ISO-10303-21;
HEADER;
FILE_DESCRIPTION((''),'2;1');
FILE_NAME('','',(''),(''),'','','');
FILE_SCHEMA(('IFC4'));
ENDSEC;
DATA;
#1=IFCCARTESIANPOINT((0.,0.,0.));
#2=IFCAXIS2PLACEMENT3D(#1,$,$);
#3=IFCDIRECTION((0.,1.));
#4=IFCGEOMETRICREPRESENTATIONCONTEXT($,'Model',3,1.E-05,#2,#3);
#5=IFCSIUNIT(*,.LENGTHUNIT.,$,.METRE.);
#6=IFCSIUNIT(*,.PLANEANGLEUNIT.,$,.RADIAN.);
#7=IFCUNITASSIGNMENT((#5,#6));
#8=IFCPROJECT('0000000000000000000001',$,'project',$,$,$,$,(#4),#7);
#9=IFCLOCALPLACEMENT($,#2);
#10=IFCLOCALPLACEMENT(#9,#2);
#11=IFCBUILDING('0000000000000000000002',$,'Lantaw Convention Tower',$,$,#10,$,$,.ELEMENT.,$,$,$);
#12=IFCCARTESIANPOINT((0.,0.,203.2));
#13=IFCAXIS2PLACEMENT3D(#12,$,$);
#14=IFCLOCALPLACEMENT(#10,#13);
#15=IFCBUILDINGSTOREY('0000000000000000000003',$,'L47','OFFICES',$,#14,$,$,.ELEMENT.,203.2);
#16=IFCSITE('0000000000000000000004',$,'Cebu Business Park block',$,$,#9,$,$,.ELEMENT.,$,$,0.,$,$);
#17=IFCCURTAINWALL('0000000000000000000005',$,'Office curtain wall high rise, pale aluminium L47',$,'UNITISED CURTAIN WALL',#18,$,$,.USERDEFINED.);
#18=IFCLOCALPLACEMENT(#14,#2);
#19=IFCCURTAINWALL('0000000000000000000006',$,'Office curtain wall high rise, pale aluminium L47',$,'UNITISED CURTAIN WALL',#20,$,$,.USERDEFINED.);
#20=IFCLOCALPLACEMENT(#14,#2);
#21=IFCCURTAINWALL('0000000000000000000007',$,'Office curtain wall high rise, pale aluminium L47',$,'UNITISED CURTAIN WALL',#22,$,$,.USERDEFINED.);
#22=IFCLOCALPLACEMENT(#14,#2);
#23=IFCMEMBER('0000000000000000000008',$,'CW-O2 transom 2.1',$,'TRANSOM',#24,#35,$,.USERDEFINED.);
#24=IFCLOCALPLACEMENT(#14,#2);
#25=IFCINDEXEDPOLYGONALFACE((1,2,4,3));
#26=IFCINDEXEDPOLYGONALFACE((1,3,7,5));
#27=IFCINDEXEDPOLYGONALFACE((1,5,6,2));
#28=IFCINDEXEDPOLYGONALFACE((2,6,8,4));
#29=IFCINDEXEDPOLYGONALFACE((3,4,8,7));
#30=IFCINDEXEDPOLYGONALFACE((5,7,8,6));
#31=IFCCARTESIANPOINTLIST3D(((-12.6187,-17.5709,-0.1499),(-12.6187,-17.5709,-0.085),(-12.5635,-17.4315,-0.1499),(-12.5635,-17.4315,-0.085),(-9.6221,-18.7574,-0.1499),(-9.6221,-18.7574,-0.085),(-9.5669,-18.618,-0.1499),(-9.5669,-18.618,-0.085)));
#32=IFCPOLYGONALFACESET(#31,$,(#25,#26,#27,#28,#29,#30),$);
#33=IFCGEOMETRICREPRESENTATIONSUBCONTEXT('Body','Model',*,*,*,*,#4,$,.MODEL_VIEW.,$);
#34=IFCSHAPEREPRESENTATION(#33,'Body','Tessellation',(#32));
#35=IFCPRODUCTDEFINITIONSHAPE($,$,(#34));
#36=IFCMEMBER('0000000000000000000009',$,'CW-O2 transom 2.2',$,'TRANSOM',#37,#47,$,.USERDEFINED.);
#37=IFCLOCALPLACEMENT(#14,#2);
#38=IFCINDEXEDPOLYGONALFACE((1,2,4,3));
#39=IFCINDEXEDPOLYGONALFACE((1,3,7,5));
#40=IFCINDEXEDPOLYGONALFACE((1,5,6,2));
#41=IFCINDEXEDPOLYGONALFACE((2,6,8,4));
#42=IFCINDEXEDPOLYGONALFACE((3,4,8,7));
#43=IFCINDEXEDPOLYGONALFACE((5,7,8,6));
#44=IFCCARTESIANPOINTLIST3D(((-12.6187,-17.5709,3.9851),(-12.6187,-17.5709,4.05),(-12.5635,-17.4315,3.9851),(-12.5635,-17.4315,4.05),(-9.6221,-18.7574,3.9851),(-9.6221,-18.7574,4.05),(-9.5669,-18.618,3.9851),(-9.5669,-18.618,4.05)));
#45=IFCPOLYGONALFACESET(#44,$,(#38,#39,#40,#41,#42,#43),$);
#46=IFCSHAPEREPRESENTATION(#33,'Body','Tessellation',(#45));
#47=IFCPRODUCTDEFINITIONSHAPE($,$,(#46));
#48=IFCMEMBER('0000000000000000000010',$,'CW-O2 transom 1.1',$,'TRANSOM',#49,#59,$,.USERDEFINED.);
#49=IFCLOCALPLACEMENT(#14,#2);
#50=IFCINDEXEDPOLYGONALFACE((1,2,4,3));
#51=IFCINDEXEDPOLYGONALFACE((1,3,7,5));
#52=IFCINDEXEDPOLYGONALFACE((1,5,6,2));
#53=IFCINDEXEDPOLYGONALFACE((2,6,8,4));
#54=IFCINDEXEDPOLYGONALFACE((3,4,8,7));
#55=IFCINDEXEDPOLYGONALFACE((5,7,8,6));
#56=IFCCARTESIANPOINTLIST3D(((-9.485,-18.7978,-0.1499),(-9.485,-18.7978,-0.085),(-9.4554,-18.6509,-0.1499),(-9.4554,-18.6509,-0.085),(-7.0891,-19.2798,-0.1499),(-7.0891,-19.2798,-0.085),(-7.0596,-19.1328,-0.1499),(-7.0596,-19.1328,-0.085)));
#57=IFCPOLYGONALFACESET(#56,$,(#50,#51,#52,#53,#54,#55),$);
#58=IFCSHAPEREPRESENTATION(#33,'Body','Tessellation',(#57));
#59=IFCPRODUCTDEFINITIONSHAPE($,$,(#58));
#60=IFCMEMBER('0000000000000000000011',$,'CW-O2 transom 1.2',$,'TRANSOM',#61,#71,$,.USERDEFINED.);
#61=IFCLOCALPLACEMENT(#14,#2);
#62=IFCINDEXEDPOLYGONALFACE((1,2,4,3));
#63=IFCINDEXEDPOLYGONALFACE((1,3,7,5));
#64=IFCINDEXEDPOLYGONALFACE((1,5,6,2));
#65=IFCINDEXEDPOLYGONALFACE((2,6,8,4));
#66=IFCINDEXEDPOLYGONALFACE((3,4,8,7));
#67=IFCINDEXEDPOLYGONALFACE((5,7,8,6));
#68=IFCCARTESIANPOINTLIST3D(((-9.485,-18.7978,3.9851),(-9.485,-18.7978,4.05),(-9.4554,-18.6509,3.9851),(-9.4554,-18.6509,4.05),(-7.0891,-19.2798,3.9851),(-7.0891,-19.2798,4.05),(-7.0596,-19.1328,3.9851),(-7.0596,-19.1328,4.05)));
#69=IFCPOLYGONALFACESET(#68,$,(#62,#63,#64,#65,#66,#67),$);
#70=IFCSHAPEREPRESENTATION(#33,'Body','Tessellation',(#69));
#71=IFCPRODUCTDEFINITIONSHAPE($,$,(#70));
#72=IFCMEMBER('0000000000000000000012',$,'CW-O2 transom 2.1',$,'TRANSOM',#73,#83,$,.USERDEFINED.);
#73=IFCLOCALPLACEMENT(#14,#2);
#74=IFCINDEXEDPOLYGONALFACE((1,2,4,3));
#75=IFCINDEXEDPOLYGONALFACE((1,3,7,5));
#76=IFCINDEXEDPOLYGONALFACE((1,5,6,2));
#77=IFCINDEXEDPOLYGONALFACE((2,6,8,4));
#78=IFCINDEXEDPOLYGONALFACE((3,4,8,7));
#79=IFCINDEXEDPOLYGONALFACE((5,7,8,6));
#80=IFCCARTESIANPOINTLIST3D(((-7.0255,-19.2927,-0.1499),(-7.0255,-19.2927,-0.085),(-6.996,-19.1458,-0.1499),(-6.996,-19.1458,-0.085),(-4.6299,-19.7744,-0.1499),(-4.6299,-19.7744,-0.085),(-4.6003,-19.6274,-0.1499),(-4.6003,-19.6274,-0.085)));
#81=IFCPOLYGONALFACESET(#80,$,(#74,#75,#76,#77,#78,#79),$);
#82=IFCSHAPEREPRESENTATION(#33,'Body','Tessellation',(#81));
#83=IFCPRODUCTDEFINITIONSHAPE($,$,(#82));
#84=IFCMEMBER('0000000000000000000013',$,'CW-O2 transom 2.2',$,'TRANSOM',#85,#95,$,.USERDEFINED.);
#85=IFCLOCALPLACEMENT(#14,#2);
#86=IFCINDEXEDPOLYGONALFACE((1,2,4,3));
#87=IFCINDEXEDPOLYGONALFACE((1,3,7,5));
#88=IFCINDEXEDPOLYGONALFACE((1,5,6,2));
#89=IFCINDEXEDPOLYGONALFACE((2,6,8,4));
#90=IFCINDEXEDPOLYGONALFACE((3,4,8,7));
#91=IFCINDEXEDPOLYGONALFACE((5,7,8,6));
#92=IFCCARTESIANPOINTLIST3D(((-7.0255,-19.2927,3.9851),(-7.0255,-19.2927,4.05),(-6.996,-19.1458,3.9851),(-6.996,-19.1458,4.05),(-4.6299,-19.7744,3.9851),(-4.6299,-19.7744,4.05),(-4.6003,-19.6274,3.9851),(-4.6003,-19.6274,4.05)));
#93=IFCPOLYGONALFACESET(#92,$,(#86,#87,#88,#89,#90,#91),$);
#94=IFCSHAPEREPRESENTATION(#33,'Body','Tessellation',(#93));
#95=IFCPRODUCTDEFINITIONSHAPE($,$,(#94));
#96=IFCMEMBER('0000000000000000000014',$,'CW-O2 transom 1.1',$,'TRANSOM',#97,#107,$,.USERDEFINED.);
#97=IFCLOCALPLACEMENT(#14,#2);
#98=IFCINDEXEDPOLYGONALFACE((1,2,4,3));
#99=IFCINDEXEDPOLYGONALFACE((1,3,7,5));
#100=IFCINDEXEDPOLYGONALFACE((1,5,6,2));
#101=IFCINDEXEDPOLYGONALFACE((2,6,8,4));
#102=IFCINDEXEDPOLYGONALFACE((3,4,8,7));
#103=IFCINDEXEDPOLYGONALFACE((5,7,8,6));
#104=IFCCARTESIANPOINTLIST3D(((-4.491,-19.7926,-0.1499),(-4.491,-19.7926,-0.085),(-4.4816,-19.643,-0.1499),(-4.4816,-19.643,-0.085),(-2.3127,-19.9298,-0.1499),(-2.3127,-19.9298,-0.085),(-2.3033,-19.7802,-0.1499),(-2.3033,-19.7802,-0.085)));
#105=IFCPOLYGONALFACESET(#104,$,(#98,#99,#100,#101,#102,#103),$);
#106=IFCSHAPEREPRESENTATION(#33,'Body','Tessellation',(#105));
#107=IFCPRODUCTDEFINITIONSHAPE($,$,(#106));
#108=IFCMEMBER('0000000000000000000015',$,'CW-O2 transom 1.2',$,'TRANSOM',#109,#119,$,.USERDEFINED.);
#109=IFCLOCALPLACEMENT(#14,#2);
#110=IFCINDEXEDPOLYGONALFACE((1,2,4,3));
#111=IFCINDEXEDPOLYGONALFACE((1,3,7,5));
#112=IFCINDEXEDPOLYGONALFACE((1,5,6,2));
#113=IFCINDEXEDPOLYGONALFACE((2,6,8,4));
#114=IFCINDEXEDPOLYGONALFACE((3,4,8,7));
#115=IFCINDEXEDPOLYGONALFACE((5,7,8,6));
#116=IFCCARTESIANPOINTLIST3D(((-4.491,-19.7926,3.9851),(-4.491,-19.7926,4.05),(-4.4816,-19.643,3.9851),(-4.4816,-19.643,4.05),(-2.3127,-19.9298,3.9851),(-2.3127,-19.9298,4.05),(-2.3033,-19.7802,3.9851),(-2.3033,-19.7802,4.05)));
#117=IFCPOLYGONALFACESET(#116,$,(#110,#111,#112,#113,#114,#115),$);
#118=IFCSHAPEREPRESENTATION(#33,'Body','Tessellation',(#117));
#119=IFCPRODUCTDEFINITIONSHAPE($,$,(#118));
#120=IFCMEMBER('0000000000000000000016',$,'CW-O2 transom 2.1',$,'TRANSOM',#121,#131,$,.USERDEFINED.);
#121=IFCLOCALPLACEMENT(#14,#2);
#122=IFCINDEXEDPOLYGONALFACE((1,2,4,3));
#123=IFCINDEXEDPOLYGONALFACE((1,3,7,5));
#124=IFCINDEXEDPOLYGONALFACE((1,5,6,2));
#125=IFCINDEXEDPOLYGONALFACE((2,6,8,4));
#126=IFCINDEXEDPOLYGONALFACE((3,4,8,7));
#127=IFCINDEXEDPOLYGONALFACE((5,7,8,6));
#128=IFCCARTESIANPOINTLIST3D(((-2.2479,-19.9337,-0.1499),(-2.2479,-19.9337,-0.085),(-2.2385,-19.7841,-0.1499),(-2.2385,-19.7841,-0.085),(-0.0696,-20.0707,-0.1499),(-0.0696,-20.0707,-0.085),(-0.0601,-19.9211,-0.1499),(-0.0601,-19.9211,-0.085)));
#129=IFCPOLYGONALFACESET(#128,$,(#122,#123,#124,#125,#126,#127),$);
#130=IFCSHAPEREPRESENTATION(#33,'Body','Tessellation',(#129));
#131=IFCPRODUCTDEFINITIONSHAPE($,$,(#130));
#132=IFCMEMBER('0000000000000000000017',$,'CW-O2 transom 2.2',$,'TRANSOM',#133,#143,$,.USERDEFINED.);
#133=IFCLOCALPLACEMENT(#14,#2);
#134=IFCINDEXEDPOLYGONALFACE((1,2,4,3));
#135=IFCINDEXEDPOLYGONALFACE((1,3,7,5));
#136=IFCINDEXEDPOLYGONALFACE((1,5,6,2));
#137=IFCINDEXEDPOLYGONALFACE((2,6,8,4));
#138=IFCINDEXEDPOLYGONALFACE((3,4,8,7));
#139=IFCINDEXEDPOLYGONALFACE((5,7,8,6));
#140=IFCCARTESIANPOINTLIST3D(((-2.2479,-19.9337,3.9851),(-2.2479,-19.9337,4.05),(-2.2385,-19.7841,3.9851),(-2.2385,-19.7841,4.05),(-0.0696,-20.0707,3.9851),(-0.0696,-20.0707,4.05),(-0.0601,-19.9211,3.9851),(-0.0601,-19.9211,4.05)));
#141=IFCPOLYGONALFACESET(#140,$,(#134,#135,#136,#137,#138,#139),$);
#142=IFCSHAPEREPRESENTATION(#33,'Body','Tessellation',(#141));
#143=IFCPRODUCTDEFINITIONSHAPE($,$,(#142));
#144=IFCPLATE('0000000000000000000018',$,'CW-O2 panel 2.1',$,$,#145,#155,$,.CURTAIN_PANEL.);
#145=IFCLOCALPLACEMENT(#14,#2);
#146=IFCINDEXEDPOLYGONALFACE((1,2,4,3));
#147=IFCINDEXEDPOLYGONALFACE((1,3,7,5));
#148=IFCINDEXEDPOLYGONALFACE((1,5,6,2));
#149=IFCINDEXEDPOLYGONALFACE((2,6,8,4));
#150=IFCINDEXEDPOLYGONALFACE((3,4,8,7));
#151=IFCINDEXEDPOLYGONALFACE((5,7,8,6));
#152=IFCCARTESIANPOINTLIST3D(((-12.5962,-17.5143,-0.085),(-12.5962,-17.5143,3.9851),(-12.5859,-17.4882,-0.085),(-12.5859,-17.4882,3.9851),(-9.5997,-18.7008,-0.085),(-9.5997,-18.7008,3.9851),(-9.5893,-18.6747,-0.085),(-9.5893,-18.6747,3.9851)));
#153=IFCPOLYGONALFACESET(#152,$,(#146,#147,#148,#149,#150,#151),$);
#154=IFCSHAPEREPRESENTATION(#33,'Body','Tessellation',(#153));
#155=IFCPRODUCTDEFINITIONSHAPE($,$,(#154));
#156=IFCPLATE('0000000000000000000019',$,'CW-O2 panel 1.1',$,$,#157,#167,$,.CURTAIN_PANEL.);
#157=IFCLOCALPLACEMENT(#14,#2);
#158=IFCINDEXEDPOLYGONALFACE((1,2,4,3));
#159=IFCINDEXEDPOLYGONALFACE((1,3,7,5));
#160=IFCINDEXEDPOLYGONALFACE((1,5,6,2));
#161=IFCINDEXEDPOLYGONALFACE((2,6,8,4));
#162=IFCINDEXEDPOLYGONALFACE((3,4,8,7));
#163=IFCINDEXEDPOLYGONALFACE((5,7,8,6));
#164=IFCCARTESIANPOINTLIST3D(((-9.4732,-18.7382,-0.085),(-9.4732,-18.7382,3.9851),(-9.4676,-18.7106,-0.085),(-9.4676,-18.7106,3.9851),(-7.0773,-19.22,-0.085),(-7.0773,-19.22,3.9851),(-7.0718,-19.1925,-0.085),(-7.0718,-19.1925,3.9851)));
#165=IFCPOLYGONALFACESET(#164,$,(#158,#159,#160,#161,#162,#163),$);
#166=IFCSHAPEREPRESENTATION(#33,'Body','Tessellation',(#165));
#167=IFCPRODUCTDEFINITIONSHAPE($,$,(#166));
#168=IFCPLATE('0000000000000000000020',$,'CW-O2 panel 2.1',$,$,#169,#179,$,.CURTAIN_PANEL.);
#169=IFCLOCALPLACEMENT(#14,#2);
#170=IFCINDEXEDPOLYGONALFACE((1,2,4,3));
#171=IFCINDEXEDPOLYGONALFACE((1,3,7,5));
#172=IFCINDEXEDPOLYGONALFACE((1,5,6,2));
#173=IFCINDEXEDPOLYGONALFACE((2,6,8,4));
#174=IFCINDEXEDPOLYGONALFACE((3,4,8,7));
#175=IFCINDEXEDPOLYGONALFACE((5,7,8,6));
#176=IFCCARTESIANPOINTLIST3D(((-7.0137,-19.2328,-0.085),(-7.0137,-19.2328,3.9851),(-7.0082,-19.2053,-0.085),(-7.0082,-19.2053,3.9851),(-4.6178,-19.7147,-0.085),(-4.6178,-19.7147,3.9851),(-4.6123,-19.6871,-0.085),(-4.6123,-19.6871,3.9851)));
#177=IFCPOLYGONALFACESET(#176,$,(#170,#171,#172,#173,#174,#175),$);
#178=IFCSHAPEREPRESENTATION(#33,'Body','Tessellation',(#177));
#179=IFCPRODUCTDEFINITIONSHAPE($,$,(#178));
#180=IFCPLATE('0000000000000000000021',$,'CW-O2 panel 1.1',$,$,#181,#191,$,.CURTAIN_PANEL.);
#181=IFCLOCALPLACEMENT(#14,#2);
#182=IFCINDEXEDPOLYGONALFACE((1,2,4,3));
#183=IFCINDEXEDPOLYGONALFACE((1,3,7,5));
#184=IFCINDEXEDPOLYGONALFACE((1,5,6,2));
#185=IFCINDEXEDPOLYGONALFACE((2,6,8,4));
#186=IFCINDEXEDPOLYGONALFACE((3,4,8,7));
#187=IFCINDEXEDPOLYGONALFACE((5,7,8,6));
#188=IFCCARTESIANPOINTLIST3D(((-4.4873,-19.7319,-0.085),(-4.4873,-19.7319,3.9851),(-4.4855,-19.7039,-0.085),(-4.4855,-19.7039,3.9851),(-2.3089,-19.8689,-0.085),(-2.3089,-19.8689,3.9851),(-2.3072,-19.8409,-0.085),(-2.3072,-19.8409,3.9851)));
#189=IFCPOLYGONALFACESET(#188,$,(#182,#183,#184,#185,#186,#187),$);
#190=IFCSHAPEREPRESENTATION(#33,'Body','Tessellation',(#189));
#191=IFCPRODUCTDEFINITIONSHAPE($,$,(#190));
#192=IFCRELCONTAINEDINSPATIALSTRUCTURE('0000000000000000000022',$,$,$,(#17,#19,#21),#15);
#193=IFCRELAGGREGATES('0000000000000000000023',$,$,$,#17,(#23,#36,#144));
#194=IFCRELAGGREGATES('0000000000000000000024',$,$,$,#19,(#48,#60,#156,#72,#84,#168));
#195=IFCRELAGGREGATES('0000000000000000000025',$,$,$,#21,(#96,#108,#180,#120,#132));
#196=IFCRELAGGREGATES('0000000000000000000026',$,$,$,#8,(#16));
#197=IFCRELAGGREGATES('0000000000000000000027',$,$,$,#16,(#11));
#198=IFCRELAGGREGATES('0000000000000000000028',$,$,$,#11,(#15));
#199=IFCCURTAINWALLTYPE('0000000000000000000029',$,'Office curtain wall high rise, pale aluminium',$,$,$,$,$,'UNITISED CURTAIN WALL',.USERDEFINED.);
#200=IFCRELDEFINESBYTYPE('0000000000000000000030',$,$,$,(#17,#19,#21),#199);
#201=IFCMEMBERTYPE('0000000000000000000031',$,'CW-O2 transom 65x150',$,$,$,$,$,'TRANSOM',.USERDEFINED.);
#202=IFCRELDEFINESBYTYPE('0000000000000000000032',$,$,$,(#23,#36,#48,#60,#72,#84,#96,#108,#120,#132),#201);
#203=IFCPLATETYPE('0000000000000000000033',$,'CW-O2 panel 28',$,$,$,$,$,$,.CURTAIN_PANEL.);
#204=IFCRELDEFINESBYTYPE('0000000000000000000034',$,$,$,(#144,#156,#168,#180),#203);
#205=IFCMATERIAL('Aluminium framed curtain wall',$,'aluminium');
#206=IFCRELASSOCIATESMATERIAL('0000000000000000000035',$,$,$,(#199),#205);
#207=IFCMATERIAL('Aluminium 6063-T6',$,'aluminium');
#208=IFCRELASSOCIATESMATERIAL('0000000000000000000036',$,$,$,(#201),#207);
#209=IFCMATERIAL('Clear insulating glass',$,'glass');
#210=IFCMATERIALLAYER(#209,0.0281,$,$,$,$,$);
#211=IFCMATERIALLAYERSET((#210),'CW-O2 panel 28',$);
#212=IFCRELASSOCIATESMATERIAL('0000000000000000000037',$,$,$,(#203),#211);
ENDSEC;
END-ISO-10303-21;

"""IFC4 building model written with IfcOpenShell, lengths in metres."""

from ifc_helpers import new_model, si_unit, direction, frame, origin, origin_2d, place, context, subcontext, project, spatial, rectangle, extrude, material, layer, layer_set, material_profile, profile_set, type_object, element, aggregate, save


model = new_model("IFC4")

# Units and contexts
model_context = context("Model", 3, precision=1e-05, world=origin(), true_north=direction((0.0, 1.0)))
body_context = subcontext(model_context, "Body", "Model", "MODEL_VIEW")
ifc_project = project(units=[si_unit("LENGTHUNIT", "METRE"), si_unit("PLANEANGLEUNIT", "RADIAN")], contexts=[model_context])

# Site, building, storey
site_placement = place(None, origin())
site = spatial("IfcSite", under=ifc_project, at=site_placement, Name="Cebu Business Park block", CompositionType="ELEMENT", RefElevation=0.0)
building_placement = place(site_placement, origin())
building = spatial("IfcBuilding", under=site, at=building_placement, Name="Lantaw Convention Tower", CompositionType="ELEMENT")
storey_placement = place(building_placement, frame((0.0, 0.0, 203.2)))
storey = spatial("IfcBuildingStorey", under=building, at=storey_placement, Name="L47", Description="OFFICES", CompositionType="ELEMENT", Elevation=203.2)

# Curtain wall
ifc_material_1 = material(Name="Aluminium framed curtain wall", Category="aluminium")
curtain_wall_type = type_object("IfcCurtainWallType", Name="Office curtain wall high rise, pale aluminium", ElementType="UNITISED CURTAIN WALL", PredefinedType="USERDEFINED", material=ifc_material_1)
curtain_wall_1_placement = place(storey_placement, origin())
curtain_wall_1 = element("IfcCurtainWall", 1, at=curtain_wall_1_placement, inside=storey, type_object=curtain_wall_type, Name="Office curtain wall high rise, pale aluminium L47", ObjectType="UNITISED CURTAIN WALL", PredefinedType="USERDEFINED")
ifc_material_2 = material(Name="Aluminium 6063-T6", Category="aluminium")

# Curtain walls
curtain_wall_2_placement = place(storey_placement, origin())
curtain_wall_2 = element("IfcCurtainWall", 2, at=curtain_wall_2_placement, inside=storey, type_object=curtain_wall_type, Name="Office curtain wall high rise, pale aluminium L47", ObjectType="UNITISED CURTAIN WALL", PredefinedType="USERDEFINED")
curtain_wall_3_placement = place(storey_placement, origin())
curtain_wall_3 = element("IfcCurtainWall", 3, at=curtain_wall_3_placement, inside=storey, type_object=curtain_wall_type, Name="Office curtain wall high rise, pale aluminium L47", ObjectType="UNITISED CURTAIN WALL", PredefinedType="USERDEFINED")

# Members
ifc_material_profile_1 = material_profile(ifc_material_2, rectangle(XDim=0.1499, YDim=0.0649, at=origin_2d()), Name="CW-O2 transom 65x150")
ifc_profile_set_1 = profile_set([ifc_material_profile_1], Name="Aluminium 6063-T6")
member_type_1 = type_object("IfcMemberType", Name="CW-O2 transom 65x150", ElementType="TRANSOM", PredefinedType="USERDEFINED", material=ifc_profile_set_1)
member_1_placement = place(storey_placement, frame((-12.5911, -17.5012, -0.1174), z_axis=(0.929767, -0.368149, 0.0), x_axis=(0.368149, 0.929767, 0.0)))
member_1 = element("IfcMember", 4, at=member_1_placement, type_object=member_type_1, Name="CW-O2 transom 2.1", ObjectType="TRANSOM", PredefinedType="USERDEFINED", context=body_context, shape_type="SweptSolid", body=[
    extrude(rectangle(XDim=0.1499, YDim=0.0649, at=origin_2d()), origin(), (0.0, 0.0, 1.0), 3.2229),
])
member_2_placement = place(storey_placement, frame((-12.5911, -17.5012, 4.0176), z_axis=(0.929767, -0.368149, 0.0), x_axis=(0.368149, 0.929767, 0.0)))
member_2 = element("IfcMember", 5, at=member_2_placement, type_object=member_type_1, Name="CW-O2 transom 2.2", ObjectType="TRANSOM", PredefinedType="USERDEFINED", context=body_context, shape_type="SweptSolid", body=[
    extrude(rectangle(XDim=0.1499, YDim=0.0649, at=origin_2d()), origin(), (0.0, 0.0, 1.0), 3.2229),
])
member_3_placement = place(storey_placement, frame((-9.4702, -18.7244, -0.1174), z_axis=(0.980361, -0.197211, 0.0), x_axis=(0.197211, 0.980361, 0.0)))
member_3 = element("IfcMember", 6, at=member_3_placement, type_object=member_type_1, Name="CW-O2 transom 1.1", ObjectType="TRANSOM", PredefinedType="USERDEFINED", context=body_context, shape_type="SweptSolid", body=[
    extrude(rectangle(XDim=0.1499, YDim=0.0649, at=origin_2d()), origin(), (0.0, 0.0, 1.0), 2.4438),
])
member_4_placement = place(storey_placement, frame((-9.4702, -18.7244, 4.0176), z_axis=(0.980361, -0.197211, 0.0), x_axis=(0.197211, 0.980361, 0.0)))
member_4 = element("IfcMember", 7, at=member_4_placement, type_object=member_type_1, Name="CW-O2 transom 1.2", ObjectType="TRANSOM", PredefinedType="USERDEFINED", context=body_context, shape_type="SweptSolid", body=[
    extrude(rectangle(XDim=0.1499, YDim=0.0649, at=origin_2d()), origin(), (0.0, 0.0, 1.0), 2.4438),
])
member_5_placement = place(storey_placement, frame((-7.0107, -19.2192, -0.1174), z_axis=(0.98038, -0.197115, 0.0), x_axis=(0.197115, 0.98038, 0.0)))
member_5 = element("IfcMember", 8, at=member_5_placement, type_object=member_type_1, Name="CW-O2 transom 2.1", ObjectType="TRANSOM", PredefinedType="USERDEFINED", context=body_context, shape_type="SweptSolid", body=[
    extrude(rectangle(XDim=0.1499, YDim=0.0649, at=origin_2d()), origin(), (0.0, 0.0, 1.0), 2.4436),
])
member_6_placement = place(storey_placement, frame((-7.0107, -19.2192, 4.0176), z_axis=(0.98038, -0.197115, 0.0), x_axis=(0.197115, 0.98038, 0.0)))
member_6 = element("IfcMember", 9, at=member_6_placement, type_object=member_type_1, Name="CW-O2 transom 2.2", ObjectType="TRANSOM", PredefinedType="USERDEFINED", context=body_context, shape_type="SweptSolid", body=[
    extrude(rectangle(XDim=0.1499, YDim=0.0649, at=origin_2d()), origin(), (0.0, 0.0, 1.0), 2.4436),
])
member_7_placement = place(storey_placement, frame((-4.4863, -19.7178, -0.1174), z_axis=(0.998022, -0.062866, 0.0), x_axis=(0.062866, 0.998022, 0.0)))
member_7 = element("IfcMember", 10, at=member_7_placement, type_object=member_type_1, Name="CW-O2 transom 1.1", ObjectType="TRANSOM", PredefinedType="USERDEFINED", context=body_context, shape_type="SweptSolid", body=[
    extrude(rectangle(XDim=0.1499, YDim=0.0649, at=origin_2d()), origin(), (0.0, 0.0, 1.0), 2.1826),
])
member_8_placement = place(storey_placement, frame((-4.4863, -19.7178, 4.0176), z_axis=(0.998022, -0.062866, 0.0), x_axis=(0.062866, 0.998022, 0.0)))
member_8 = element("IfcMember", 11, at=member_8_placement, type_object=member_type_1, Name="CW-O2 transom 1.2", ObjectType="TRANSOM", PredefinedType="USERDEFINED", context=body_context, shape_type="SweptSolid", body=[
    extrude(rectangle(XDim=0.1499, YDim=0.0649, at=origin_2d()), origin(), (0.0, 0.0, 1.0), 2.1826),
])
member_9_placement = place(storey_placement, frame((-2.2432, -19.8589, -0.1174), z_axis=(0.998029, -0.062754, 0.0), x_axis=(0.062754, 0.998029, 0.0)))
member_9 = element("IfcMember", 12, at=member_9_placement, type_object=member_type_1, Name="CW-O2 transom 2.1", ObjectType="TRANSOM", PredefinedType="USERDEFINED", context=body_context, shape_type="SweptSolid", body=[
    extrude(rectangle(XDim=0.1499, YDim=0.0649, at=origin_2d()), origin(), (0.0, 0.0, 1.0), 2.1826),
])
member_10_placement = place(storey_placement, frame((-2.2432, -19.8589, 4.0176), z_axis=(0.998029, -0.062754, 0.0), x_axis=(0.062754, 0.998029, 0.0)))
member_10 = element("IfcMember", 13, at=member_10_placement, type_object=member_type_1, Name="CW-O2 transom 2.2", ObjectType="TRANSOM", PredefinedType="USERDEFINED", context=body_context, shape_type="SweptSolid", body=[
    extrude(rectangle(XDim=0.1499, YDim=0.0649, at=origin_2d()), origin(), (0.0, 0.0, 1.0), 2.1826),
])

# Plates
ifc_material_3 = material(Name="Clear insulating glass", Category="glass")
ifc_layer_1 = layer(ifc_material_3, 0.0281)
ifc_layer_set_1 = layer_set([ifc_layer_1], Name="CW-O2 panel 28")
plate_type_1 = type_object("IfcPlateType", Name="CW-O2 panel 28", PredefinedType="CURTAIN_PANEL", material=ifc_layer_set_1)
plate_1_placement = place(storey_placement, frame((-11.0928, -18.0945, -0.085), z_axis=(0.0, 0.0, 1.0), x_axis=(0.929762, -0.368162, 0.0)))
plate_1 = element("IfcPlate", 14, at=plate_1_placement, type_object=plate_type_1, Name="CW-O2 panel 2.1", PredefinedType="CURTAIN_PANEL", context=body_context, shape_type="SweptSolid", body=[
    extrude(rectangle(XDim=3.2229, YDim=0.0281, at=origin_2d()), origin(), (0.0, 0.0, 1.0), 4.0701),
])
aggregate(curtain_wall_1, [member_1, member_2, plate_1])
plate_2_placement = place(storey_placement, frame((-8.2725, -18.9653, -0.085), z_axis=(0.0, 0.0, 1.0), x_axis=(0.980367, -0.197183, 0.0)))
plate_2 = element("IfcPlate", 15, at=plate_2_placement, type_object=plate_type_1, Name="CW-O2 panel 1.1", PredefinedType="CURTAIN_PANEL", context=body_context, shape_type="SweptSolid", body=[
    extrude(rectangle(XDim=2.4438, YDim=0.0281, at=origin_2d()), origin(), (0.0, 0.0, 1.0), 4.0701),
])
plate_3_placement = place(storey_placement, frame((-5.813, -19.46, -0.085), z_axis=(0.0, 0.0, 1.0), x_axis=(0.980367, -0.197183, 0.0)))
plate_3 = element("IfcPlate", 16, at=plate_3_placement, type_object=plate_type_1, Name="CW-O2 panel 2.1", PredefinedType="CURTAIN_PANEL", context=body_context, shape_type="SweptSolid", body=[
    extrude(rectangle(XDim=2.4438, YDim=0.0281, at=origin_2d()), origin(), (0.0, 0.0, 1.0), 4.0701),
])
aggregate(curtain_wall_2, [member_3, member_4, plate_2, member_5, member_6, plate_3])
plate_4_placement = place(storey_placement, frame((-3.3972, -19.7864, -0.085), z_axis=(0.0, 0.0, 1.0), x_axis=(0.998029, -0.062758, 0.0)))
plate_4 = element("IfcPlate", 17, at=plate_4_placement, type_object=plate_type_1, Name="CW-O2 panel 1.1", PredefinedType="CURTAIN_PANEL", context=body_context, shape_type="SweptSolid", body=[
    extrude(rectangle(XDim=2.1826, YDim=0.0281, at=origin_2d()), origin(), (0.0, 0.0, 1.0), 4.0701),
])
aggregate(curtain_wall_3, [member_7, member_8, plate_4, member_9, member_10])

save(model, "model.ifc")
